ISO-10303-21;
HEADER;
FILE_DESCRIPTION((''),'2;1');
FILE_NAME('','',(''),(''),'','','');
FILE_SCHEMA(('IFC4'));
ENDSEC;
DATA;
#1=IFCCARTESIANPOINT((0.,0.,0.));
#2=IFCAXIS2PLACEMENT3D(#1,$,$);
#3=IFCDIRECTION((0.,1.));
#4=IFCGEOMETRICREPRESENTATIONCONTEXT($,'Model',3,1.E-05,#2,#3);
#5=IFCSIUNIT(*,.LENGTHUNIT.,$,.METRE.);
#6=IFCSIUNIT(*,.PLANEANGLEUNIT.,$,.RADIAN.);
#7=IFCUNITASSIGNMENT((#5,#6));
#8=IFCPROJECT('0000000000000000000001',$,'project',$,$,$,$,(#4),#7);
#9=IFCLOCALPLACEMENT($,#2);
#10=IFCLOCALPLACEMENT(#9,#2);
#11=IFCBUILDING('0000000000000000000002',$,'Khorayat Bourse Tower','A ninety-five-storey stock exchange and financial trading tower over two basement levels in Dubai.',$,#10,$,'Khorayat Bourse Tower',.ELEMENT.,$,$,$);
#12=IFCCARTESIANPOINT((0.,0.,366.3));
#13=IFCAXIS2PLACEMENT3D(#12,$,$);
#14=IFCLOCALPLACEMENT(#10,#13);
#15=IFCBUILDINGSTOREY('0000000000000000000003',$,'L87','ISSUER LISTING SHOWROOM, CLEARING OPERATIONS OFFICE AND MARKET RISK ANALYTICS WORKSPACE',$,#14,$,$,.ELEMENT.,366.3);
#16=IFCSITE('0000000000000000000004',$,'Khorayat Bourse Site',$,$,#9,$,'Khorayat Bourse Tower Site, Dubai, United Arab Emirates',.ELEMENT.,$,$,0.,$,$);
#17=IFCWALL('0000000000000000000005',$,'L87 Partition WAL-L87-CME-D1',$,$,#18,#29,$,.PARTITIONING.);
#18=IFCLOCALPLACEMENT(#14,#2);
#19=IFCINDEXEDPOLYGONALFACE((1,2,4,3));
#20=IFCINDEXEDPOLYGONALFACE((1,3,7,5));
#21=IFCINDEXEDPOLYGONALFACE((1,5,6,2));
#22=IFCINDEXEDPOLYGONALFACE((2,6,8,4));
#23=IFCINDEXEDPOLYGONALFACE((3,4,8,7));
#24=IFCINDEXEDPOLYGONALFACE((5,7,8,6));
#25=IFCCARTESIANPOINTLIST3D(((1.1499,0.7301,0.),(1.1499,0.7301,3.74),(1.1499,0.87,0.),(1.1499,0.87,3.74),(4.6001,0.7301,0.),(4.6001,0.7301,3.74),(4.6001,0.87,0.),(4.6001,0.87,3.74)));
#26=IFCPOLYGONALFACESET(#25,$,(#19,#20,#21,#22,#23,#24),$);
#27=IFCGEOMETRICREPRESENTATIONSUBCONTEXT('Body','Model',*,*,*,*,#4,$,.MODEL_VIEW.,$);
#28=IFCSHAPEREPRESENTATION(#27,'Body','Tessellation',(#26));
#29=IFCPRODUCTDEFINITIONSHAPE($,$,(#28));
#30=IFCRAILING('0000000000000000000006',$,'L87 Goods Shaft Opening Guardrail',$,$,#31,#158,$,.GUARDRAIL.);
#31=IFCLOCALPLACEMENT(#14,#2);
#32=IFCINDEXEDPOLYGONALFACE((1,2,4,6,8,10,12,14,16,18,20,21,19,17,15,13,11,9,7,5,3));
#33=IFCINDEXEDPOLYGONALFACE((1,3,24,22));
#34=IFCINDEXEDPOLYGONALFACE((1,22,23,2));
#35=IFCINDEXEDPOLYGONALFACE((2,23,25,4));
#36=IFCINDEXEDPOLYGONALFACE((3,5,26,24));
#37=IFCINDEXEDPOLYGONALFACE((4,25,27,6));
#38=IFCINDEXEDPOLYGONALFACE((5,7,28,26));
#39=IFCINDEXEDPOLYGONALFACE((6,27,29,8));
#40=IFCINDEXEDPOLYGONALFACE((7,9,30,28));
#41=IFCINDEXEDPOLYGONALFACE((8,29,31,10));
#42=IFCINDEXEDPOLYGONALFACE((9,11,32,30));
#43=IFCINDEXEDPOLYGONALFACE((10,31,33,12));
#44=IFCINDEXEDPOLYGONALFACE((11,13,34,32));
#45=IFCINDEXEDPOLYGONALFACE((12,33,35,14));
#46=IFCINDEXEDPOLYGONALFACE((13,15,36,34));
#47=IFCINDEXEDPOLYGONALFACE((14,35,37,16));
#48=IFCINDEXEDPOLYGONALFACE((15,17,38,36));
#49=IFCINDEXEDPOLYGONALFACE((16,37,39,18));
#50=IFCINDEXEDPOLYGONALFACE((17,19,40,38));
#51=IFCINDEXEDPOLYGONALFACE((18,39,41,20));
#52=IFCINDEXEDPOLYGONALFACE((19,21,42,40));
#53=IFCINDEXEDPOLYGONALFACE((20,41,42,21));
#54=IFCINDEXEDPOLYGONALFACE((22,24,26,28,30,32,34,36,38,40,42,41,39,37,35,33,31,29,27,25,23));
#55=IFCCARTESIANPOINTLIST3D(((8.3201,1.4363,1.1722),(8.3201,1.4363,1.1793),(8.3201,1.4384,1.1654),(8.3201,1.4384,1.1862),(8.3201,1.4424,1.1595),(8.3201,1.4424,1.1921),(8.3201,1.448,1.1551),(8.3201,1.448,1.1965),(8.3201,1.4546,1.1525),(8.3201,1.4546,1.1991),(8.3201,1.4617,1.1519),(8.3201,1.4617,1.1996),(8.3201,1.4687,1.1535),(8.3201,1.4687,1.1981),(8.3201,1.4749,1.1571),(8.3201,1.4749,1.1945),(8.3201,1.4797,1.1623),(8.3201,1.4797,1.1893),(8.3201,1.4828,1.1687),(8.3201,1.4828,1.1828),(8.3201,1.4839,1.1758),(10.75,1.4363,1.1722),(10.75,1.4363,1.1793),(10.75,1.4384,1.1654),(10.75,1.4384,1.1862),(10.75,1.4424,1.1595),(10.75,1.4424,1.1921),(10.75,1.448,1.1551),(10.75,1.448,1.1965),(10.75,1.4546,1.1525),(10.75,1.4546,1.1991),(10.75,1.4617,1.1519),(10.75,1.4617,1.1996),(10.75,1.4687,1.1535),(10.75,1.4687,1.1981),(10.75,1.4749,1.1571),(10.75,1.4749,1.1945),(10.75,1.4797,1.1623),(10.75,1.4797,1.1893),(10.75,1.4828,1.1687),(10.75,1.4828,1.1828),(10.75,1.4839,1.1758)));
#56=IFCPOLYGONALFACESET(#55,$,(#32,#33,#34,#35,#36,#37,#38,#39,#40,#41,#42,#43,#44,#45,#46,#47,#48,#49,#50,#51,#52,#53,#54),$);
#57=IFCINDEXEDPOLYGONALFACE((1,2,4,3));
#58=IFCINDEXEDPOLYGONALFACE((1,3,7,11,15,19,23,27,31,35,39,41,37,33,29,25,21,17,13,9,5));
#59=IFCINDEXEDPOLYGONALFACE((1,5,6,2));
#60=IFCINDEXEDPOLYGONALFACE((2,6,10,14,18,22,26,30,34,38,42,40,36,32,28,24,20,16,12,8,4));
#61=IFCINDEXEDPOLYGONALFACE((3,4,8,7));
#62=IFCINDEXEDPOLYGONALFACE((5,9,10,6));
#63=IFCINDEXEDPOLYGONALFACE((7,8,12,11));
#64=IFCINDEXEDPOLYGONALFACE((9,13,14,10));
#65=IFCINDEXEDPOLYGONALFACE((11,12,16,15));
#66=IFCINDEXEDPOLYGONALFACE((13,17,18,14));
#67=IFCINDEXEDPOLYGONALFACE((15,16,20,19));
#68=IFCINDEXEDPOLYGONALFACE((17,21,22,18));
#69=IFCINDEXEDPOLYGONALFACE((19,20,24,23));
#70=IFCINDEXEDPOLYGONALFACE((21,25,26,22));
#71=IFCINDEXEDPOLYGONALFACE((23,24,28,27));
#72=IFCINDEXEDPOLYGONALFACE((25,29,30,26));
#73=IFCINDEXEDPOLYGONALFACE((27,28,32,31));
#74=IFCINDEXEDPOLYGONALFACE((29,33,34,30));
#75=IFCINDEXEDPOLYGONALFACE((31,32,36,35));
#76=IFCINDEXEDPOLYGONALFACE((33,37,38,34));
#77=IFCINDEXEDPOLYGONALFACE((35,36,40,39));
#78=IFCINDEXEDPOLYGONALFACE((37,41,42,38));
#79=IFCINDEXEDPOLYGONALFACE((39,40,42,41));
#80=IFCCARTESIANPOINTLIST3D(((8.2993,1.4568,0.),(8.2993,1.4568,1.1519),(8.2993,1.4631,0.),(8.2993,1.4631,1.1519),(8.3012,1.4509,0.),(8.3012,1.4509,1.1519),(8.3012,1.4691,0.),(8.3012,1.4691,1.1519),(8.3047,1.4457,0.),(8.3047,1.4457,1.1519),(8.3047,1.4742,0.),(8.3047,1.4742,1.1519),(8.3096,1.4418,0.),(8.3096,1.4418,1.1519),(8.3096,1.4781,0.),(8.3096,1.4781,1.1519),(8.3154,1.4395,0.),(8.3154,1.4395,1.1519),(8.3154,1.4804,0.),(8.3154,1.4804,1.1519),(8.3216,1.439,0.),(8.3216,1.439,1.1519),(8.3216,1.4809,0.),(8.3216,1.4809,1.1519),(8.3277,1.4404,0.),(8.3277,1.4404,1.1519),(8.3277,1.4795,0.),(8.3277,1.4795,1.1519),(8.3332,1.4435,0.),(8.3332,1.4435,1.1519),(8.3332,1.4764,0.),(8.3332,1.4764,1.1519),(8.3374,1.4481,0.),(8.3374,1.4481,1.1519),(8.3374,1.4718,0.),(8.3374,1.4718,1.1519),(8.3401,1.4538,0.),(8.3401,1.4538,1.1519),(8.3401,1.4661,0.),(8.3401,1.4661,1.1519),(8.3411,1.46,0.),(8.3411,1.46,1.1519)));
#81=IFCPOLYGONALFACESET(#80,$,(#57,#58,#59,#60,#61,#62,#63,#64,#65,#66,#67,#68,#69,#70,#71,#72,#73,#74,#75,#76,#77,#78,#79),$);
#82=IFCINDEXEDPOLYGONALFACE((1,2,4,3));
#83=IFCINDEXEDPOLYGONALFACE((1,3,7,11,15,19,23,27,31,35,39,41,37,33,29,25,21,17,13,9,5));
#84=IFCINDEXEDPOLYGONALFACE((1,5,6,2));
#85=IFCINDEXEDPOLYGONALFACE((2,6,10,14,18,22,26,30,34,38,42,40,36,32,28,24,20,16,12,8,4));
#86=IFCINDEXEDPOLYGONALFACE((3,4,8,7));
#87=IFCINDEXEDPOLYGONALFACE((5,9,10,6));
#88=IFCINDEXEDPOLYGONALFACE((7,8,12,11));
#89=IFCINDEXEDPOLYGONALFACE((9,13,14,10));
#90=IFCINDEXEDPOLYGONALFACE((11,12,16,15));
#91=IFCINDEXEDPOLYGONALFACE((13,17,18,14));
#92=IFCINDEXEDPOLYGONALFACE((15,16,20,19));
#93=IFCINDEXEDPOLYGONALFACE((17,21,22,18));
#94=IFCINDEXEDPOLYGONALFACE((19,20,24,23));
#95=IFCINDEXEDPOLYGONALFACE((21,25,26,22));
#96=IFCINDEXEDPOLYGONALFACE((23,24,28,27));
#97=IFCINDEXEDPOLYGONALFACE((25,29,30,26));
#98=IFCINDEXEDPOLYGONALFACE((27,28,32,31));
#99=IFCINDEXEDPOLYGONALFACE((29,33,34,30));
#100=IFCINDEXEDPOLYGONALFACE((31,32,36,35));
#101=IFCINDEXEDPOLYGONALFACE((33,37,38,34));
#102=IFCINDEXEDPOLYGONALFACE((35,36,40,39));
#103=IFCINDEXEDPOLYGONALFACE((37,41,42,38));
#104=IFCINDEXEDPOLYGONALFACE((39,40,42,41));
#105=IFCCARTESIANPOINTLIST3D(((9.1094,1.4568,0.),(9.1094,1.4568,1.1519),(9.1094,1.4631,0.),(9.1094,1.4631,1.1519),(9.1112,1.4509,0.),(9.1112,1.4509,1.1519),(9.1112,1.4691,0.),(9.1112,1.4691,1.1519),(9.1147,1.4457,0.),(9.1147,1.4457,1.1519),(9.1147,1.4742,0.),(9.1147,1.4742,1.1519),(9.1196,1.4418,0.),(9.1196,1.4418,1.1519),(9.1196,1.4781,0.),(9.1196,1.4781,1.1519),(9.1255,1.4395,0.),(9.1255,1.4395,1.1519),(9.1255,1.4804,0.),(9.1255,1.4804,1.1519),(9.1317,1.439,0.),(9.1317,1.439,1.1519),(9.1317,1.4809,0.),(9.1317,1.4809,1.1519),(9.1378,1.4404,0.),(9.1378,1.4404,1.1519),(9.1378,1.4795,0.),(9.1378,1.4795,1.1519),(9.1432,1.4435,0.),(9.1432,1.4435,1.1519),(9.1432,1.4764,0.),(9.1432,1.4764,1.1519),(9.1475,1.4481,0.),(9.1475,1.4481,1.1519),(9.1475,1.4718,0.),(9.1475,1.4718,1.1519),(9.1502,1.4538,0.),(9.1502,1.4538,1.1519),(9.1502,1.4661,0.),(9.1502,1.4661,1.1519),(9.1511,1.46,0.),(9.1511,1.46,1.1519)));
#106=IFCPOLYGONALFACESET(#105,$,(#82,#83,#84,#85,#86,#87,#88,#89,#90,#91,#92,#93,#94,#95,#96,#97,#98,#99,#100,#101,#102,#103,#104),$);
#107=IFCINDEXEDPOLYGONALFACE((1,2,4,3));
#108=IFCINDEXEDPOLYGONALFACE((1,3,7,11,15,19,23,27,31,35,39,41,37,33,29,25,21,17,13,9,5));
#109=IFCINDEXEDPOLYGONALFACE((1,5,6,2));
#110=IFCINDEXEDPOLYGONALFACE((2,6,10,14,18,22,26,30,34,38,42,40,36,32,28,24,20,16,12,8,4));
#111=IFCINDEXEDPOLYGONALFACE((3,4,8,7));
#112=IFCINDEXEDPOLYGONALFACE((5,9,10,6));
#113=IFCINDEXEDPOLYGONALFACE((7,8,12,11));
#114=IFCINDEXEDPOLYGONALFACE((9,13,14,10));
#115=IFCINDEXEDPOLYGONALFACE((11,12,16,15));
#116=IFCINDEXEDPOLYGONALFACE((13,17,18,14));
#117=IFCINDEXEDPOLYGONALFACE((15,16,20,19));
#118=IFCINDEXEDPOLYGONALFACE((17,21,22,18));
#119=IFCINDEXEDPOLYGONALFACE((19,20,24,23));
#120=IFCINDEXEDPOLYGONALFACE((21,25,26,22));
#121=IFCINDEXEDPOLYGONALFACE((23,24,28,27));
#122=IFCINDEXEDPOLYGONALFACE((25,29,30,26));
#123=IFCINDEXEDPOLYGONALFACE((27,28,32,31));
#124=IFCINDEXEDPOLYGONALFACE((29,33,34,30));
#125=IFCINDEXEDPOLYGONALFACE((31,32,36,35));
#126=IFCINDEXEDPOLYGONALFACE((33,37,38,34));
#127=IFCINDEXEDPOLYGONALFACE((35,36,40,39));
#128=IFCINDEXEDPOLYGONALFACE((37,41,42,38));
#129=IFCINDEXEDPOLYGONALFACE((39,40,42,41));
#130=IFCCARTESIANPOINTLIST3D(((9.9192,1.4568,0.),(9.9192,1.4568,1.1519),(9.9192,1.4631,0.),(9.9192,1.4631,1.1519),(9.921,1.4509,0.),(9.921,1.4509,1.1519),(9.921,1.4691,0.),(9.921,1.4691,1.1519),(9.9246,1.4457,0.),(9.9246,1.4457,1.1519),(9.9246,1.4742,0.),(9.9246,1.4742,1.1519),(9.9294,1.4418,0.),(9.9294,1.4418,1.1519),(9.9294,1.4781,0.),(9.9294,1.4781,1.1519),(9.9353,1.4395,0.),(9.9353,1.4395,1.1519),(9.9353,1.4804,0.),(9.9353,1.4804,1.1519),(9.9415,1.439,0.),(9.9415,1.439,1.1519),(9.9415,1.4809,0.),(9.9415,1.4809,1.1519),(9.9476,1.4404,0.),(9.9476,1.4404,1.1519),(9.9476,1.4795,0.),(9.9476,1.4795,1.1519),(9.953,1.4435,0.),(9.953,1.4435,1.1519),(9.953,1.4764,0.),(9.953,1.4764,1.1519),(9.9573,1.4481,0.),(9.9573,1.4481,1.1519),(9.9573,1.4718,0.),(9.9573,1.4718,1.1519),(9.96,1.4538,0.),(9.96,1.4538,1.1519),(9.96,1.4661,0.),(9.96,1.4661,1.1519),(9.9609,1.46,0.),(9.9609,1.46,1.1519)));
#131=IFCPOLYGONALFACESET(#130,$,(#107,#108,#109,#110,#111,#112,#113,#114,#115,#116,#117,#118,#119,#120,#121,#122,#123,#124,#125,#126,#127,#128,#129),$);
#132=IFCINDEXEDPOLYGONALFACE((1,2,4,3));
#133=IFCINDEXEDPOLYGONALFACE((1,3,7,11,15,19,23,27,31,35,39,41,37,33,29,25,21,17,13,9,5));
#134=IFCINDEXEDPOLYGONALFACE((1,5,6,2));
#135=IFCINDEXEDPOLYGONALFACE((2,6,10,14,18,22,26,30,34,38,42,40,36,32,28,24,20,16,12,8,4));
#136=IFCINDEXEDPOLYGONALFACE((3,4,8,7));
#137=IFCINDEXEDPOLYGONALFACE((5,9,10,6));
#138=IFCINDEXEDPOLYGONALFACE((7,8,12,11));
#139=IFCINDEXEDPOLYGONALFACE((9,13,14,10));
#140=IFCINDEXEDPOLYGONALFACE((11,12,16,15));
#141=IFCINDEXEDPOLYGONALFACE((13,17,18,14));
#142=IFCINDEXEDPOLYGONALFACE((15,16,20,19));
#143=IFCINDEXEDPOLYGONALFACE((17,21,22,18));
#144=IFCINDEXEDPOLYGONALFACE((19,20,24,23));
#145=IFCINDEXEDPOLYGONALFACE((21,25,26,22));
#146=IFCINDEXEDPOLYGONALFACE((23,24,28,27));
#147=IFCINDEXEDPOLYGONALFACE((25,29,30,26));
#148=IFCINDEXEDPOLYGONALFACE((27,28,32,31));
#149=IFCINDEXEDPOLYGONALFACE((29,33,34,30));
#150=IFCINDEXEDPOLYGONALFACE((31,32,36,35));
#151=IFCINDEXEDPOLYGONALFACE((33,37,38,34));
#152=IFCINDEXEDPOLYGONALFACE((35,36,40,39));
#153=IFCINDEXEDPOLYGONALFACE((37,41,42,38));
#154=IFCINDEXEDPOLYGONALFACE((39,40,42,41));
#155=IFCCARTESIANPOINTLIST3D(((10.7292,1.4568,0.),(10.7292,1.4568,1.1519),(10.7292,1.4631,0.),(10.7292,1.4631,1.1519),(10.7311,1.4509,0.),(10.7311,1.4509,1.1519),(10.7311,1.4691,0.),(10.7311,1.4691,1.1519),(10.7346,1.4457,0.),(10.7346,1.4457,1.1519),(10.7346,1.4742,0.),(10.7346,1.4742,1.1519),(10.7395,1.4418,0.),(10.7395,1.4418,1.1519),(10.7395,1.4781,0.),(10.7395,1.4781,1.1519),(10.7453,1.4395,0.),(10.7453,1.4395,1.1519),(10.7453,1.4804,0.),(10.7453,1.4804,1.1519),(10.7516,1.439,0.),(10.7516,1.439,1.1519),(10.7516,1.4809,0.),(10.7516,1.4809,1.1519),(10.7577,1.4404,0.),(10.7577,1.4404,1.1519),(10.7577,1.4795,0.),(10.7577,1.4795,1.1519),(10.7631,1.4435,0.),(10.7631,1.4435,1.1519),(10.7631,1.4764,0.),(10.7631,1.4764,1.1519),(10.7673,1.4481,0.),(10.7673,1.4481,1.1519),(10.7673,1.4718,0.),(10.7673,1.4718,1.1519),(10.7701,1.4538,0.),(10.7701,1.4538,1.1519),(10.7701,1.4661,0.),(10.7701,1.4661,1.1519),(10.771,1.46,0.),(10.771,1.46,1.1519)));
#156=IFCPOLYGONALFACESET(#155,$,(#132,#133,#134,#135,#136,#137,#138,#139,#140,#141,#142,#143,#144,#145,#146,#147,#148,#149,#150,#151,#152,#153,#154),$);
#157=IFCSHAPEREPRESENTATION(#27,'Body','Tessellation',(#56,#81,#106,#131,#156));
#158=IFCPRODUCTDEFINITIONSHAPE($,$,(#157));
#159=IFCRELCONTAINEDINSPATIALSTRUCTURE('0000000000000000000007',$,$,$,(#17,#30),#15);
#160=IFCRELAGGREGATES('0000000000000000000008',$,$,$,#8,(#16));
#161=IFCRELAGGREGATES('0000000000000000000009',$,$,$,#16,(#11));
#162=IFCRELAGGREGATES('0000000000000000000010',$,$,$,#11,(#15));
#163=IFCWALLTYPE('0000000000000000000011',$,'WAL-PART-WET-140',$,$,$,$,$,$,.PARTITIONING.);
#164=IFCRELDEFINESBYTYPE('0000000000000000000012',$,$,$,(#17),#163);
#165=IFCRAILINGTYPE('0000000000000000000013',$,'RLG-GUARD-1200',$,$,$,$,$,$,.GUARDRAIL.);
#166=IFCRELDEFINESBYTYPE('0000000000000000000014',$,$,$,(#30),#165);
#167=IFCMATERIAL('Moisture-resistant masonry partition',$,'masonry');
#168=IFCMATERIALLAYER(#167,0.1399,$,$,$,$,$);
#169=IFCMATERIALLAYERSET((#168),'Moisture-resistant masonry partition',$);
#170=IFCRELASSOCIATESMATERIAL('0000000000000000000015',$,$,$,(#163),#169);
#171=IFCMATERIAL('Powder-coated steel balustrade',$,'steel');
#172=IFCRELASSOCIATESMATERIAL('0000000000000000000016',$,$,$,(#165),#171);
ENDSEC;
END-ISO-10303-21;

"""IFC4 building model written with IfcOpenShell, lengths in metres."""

from ifc_helpers import new_model, si_unit, direction, frame, frame_2d, origin, origin_2d, place, context, subcontext, project, spatial, rectangle, circle, extrude, source, transform, mapped, material, layer, layer_set, type_object, element, save


model = new_model("IFC4")

# Units and contexts
model_context = context("Model", 3, precision=1e-05, world=origin(), true_north=direction((0.0, 1.0)))
body_context = subcontext(model_context, "Body", "Model", "MODEL_VIEW")
ifc_project = project(units=[si_unit("LENGTHUNIT", "METRE"), si_unit("PLANEANGLEUNIT", "RADIAN")], contexts=[model_context])

# Site, building, storey
site_placement = place(None, origin())
site = spatial("IfcSite", under=ifc_project, at=site_placement, Name="Khorayat Bourse Site", LongName="Khorayat Bourse Tower Site, Dubai, United Arab Emirates", CompositionType="ELEMENT", RefElevation=0.0)
building_placement = place(site_placement, origin())
building = spatial("IfcBuilding", under=site, at=building_placement, Name="Khorayat Bourse Tower", Description="A ninety-five-storey stock exchange and financial trading tower over two basement levels in Dubai.", LongName="Khorayat Bourse Tower", CompositionType="ELEMENT")
storey_placement = place(building_placement, frame((0.0, 0.0, 366.3)))
storey = spatial("IfcBuildingStorey", under=building, at=storey_placement, Name="L87", Description="ISSUER LISTING SHOWROOM, CLEARING OPERATIONS OFFICE AND MARKET RISK ANALYTICS WORKSPACE", CompositionType="ELEMENT", Elevation=366.3)

# Shared definitions
ifc_material_1 = material(Name="Moisture-resistant masonry partition", Category="masonry")
ifc_layer_1 = layer(ifc_material_1, 0.1399)
ifc_layer_set_1 = layer_set([ifc_layer_1], Name="Moisture-resistant masonry partition")
wall_type_1 = type_object("IfcWallType", Name="WAL-PART-WET-140", PredefinedType="PARTITIONING", material=ifc_layer_set_1)

# Wall
shared_shape_1 = source(origin(), body_context, "Body", "SweptSolid", [
    extrude(rectangle(XDim=3.4502, YDim=0.1399, at=frame_2d((1.7251, 0.0))), origin(), (0.0, 0.0, 1.0), 3.74),
])
for number, where, z_axis, x_axis, name in (
    (1, (1.1499, 0.8, 0.0), (0.0, 0.0, 1.0), (1.0, 0.0, 0.0), "L87 Partition WAL-L87-CME-D1"),
):
    element("IfcWall", number, at=place(storey_placement, frame(where, z_axis=z_axis, x_axis=x_axis)), inside=storey, type_object=wall_type_1, Name=name, PredefinedType="PARTITIONING", context=body_context, shape_type="MappedRepresentation", body=[
        mapped(shared_shape_1, transform((0.0, 0.0, 0.0), scale=1.0)),
    ])

# Railing
ifc_material_2 = material(Name="Powder-coated steel balustrade", Category="steel")
railing_type = type_object("IfcRailingType", Name="RLG-GUARD-1200", PredefinedType="GUARDRAIL", material=ifc_material_2)
shared_shape_2 = source(origin(), body_context, "Body", "SweptSolid", [
    extrude(circle(Radius=0.0239, at=origin_2d()), frame((0.0, 0.0, 1.1758), z_axis=(1.0, 0.0, 0.0), x_axis=(0.0, 1.0, 0.0)), (0.0, 0.0, 1.0), 2.4299),
    extrude(circle(Radius=0.021, at=origin_2d()), origin(), (0.0, 0.0, 1.0), 1.1519),
    extrude(circle(Radius=0.021, at=origin_2d()), frame((0.8101, 0.0, 0.0)), (0.0, 0.0, 1.0), 1.1519),
    extrude(circle(Radius=0.021, at=origin_2d()), frame((1.6199, 0.0, 0.0)), (0.0, 0.0, 1.0), 1.1519),
    extrude(circle(Radius=0.021, at=origin_2d()), frame((2.4299, 0.0, 0.0)), (0.0, 0.0, 1.0), 1.1519),
])
railing_placement = place(storey_placement, frame((8.3201, 1.46, 0.0)))
element("IfcRailing", 2, at=railing_placement, inside=storey, type_object=railing_type, Name="L87 Goods Shaft Opening Guardrail", PredefinedType="GUARDRAIL", context=body_context, shape_type="MappedRepresentation", body=[
    mapped(shared_shape_2, transform((0.0, 0.0, 0.0), scale=1.0)),
])

save(model, "model.ifc")
